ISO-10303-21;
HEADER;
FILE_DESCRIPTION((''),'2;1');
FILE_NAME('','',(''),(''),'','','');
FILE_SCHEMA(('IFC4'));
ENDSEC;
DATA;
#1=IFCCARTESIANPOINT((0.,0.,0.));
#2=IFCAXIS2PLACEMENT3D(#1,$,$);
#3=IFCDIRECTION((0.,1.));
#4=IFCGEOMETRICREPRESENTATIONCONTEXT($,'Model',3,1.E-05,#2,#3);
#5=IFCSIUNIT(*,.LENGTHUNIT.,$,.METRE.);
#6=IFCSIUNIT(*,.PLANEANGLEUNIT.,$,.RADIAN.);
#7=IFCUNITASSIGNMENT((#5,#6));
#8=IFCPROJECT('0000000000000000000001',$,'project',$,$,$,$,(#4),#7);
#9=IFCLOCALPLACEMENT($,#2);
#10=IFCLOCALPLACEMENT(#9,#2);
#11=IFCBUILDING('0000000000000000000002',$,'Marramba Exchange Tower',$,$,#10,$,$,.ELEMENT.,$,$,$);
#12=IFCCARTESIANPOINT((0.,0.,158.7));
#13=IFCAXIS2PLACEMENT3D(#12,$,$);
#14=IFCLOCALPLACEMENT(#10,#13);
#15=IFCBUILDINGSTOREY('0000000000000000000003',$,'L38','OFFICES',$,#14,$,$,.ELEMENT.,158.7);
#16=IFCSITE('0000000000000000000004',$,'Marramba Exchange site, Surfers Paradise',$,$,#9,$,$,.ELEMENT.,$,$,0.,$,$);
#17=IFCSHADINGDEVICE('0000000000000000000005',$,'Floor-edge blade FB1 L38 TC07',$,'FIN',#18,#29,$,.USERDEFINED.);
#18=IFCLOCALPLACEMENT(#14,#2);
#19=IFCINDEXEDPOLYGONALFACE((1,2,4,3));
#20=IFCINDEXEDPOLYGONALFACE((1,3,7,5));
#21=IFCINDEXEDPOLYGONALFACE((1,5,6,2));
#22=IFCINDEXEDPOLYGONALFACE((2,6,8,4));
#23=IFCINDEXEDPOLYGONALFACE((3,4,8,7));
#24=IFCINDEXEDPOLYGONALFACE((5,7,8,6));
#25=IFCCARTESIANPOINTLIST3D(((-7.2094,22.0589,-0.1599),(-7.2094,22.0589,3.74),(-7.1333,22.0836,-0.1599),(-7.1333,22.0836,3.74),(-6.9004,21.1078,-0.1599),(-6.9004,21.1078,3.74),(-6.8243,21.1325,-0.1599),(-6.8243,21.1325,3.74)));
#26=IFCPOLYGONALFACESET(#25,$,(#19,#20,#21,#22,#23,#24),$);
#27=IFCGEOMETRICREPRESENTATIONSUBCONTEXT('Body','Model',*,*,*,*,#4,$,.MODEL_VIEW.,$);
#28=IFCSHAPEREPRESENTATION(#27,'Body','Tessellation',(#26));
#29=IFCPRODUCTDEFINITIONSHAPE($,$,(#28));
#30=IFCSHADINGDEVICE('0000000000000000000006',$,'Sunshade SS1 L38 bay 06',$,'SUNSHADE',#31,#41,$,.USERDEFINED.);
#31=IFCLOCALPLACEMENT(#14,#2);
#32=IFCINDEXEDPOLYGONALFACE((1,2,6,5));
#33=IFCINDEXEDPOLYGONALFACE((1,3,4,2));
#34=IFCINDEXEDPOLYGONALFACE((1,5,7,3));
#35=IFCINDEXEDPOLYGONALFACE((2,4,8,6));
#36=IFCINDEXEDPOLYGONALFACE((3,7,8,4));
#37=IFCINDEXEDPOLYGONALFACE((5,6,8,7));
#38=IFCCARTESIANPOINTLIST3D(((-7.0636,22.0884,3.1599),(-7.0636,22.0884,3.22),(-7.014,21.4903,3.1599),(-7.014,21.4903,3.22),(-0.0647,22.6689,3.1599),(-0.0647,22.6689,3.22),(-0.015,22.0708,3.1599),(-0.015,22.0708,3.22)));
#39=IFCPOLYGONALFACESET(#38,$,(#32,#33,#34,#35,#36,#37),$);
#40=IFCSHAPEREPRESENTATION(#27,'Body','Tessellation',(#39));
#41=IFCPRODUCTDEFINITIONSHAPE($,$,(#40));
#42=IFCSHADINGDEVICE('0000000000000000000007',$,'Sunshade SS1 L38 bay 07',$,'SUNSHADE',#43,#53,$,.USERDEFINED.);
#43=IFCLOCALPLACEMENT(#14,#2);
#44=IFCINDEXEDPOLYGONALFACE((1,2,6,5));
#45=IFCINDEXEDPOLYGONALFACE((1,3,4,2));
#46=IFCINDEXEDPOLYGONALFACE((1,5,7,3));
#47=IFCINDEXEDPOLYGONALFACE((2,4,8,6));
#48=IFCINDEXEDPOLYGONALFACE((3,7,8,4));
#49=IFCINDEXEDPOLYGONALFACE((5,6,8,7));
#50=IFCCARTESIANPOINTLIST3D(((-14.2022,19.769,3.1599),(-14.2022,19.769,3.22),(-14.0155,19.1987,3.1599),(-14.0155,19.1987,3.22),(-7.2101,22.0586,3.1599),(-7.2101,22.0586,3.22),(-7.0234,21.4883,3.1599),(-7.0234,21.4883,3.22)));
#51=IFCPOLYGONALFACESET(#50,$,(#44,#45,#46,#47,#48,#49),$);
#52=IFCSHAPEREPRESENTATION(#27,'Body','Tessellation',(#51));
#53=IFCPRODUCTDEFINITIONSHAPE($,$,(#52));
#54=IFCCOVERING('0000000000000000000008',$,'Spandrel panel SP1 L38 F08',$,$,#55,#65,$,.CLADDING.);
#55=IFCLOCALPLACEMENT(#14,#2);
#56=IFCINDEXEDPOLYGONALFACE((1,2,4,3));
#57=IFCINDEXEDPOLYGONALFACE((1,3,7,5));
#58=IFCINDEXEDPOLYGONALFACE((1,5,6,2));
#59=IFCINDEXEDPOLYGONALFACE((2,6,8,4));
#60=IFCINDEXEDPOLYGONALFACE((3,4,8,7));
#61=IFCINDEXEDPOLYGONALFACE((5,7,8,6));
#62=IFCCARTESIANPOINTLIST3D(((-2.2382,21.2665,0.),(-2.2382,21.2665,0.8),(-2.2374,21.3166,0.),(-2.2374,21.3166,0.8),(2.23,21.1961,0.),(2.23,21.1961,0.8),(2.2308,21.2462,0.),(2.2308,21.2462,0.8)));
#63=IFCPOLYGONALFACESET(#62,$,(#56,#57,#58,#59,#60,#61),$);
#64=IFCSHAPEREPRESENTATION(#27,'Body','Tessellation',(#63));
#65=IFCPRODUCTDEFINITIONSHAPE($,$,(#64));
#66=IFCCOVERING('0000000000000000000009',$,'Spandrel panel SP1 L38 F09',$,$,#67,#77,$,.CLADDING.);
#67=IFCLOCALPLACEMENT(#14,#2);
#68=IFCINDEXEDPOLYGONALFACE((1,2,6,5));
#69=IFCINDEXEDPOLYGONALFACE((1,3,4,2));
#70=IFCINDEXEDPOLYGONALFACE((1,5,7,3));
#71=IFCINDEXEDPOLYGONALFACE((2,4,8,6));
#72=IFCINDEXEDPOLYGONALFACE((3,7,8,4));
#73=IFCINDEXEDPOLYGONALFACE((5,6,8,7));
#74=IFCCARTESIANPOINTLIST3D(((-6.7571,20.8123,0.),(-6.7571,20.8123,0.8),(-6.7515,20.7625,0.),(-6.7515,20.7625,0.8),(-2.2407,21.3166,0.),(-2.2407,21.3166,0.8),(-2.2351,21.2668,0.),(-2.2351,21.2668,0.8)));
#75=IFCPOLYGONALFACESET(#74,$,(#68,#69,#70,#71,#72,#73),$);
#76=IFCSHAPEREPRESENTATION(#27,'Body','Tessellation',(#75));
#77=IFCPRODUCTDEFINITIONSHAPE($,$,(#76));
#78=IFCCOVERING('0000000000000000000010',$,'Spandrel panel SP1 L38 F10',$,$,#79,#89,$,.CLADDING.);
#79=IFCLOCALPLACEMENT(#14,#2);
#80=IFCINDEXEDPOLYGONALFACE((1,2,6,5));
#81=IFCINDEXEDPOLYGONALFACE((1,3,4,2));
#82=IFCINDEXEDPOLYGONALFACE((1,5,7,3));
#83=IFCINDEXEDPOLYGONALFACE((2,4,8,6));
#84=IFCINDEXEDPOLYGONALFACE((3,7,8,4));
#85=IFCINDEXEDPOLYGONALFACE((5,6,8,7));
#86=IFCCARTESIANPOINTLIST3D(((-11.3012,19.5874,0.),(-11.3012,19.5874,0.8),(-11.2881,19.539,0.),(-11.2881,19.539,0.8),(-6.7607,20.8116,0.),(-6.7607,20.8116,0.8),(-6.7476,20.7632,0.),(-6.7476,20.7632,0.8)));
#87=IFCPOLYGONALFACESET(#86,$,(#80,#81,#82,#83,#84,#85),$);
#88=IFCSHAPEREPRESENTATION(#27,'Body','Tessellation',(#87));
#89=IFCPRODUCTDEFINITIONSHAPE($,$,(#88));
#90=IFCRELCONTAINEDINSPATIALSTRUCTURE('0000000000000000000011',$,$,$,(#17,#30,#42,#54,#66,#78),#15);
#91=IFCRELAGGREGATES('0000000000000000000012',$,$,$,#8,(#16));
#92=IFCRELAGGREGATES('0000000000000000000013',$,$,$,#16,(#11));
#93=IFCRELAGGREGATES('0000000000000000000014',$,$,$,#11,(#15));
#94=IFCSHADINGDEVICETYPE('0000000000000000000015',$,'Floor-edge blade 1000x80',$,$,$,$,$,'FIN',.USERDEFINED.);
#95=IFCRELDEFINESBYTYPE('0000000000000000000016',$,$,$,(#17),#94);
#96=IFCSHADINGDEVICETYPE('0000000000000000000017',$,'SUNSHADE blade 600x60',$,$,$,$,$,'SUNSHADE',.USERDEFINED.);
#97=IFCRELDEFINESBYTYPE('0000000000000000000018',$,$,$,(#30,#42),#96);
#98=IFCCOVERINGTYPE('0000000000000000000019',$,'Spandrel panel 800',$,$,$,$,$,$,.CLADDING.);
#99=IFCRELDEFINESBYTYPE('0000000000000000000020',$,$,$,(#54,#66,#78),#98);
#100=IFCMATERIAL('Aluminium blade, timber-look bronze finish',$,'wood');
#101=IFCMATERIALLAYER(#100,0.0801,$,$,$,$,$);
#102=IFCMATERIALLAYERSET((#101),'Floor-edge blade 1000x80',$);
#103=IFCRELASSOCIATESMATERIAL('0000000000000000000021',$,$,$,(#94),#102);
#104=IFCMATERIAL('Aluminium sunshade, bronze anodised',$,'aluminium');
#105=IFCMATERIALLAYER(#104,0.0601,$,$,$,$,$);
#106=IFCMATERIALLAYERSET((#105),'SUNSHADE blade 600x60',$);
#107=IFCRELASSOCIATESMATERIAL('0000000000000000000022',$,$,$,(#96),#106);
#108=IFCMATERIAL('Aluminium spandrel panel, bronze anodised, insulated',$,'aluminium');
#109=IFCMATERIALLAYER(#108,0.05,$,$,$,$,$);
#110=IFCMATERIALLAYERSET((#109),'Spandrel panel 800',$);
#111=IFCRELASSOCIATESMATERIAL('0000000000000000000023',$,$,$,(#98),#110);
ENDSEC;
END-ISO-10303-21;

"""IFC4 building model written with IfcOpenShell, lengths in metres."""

from ifc_helpers import new_model, si_unit, direction, frame, origin, origin_2d, place, context, subcontext, project, spatial, rectangle, extrude, material, layer, layer_set, type_object, element, save


model = new_model("IFC4")

# Units and contexts
model_context = context("Model", 3, precision=1e-05, world=origin(), true_north=direction((0.0, 1.0)))
body_context = subcontext(model_context, "Body", "Model", "MODEL_VIEW")
ifc_project = project(units=[si_unit("LENGTHUNIT", "METRE"), si_unit("PLANEANGLEUNIT", "RADIAN")], contexts=[model_context])

# Site, building, storey
site_placement = place(None, origin())
site = spatial("IfcSite", under=ifc_project, at=site_placement, Name="Marramba Exchange site, Surfers Paradise", CompositionType="ELEMENT", RefElevation=0.0)
building_placement = place(site_placement, origin())
building = spatial("IfcBuilding", under=site, at=building_placement, Name="Marramba Exchange Tower", CompositionType="ELEMENT")
storey_placement = place(building_placement, frame((0.0, 0.0, 158.7)))
storey = spatial("IfcBuildingStorey", under=building, at=storey_placement, Name="L38", Description="OFFICES", CompositionType="ELEMENT", Elevation=158.7)

# Shading devices
ifc_material_1 = material(Name="Aluminium blade, timber-look bronze finish", Category="wood")
ifc_layer_1 = layer(ifc_material_1, 0.0801)
ifc_layer_set_1 = layer_set([ifc_layer_1], Name="Floor-edge blade 1000x80")
shading_device_type_1 = type_object("IfcShadingDeviceType", Name="Floor-edge blade 1000x80", ElementType="FIN", PredefinedType="USERDEFINED", material=ifc_layer_set_1)
shading_device_1_placement = place(storey_placement, frame((-7.0168, 21.5957, -0.1599), z_axis=(0.0, 0.0, 1.0), x_axis=(-0.309017, 0.951057, 0.0)))
element("IfcShadingDevice", 1, at=shading_device_1_placement, inside=storey, type_object=shading_device_type_1, Name="Floor-edge blade FB1 L38 TC07", ObjectType="FIN", PredefinedType="USERDEFINED", context=body_context, shape_type="SweptSolid", body=[
    extrude(rectangle(XDim=1.0, YDim=0.0801, at=origin_2d()), origin(), (0.0, 0.0, 1.0), 3.8999),
])
ifc_material_2 = material(Name="Aluminium sunshade, bronze anodised", Category="aluminium")
ifc_layer_2 = layer(ifc_material_2, 0.0601)
ifc_layer_set_2 = layer_set([ifc_layer_2], Name="SUNSHADE blade 600x60")
shading_device_type_2 = type_object("IfcShadingDeviceType", Name="SUNSHADE blade 600x60", ElementType="SUNSHADE", PredefinedType="USERDEFINED", material=ifc_layer_set_2)
shading_device_2_placement = place(storey_placement, frame((-3.5393, 22.0796, 3.1599), z_axis=(0.0, 0.0, 1.0), x_axis=(-0.996578, -0.08266, 0.0)))
element("IfcShadingDevice", 2, at=shading_device_2_placement, inside=storey, type_object=shading_device_type_2, Name="Sunshade SS1 L38 bay 06", ObjectType="SUNSHADE", PredefinedType="USERDEFINED", context=body_context, shape_type="SweptSolid", body=[
    extrude(rectangle(XDim=7.0229, YDim=0.6001, at=origin_2d()), origin(), (0.0, 0.0, 1.0), 0.0601),
])
shading_device_3_placement = place(storey_placement, frame((-10.6128, 20.6287, 3.1599), z_axis=(0.0, 0.0, 1.0), x_axis=(-0.950346, -0.311196, 0.0)))
element("IfcShadingDevice", 3, at=shading_device_3_placement, inside=storey, type_object=shading_device_type_2, Name="Sunshade SS1 L38 bay 07", ObjectType="SUNSHADE", PredefinedType="USERDEFINED", context=body_context, shape_type="SweptSolid", body=[
    extrude(rectangle(XDim=7.3574, YDim=0.6001, at=origin_2d()), origin(), (0.0, 0.0, 1.0), 0.0601),
])

# Coverings
ifc_material_3 = material(Name="Aluminium spandrel panel, bronze anodised, insulated", Category="aluminium")
ifc_layer_3 = layer(ifc_material_3, 0.05)
ifc_layer_set_3 = layer_set([ifc_layer_3], Name="Spandrel panel 800")
covering_type = type_object("IfcCoveringType", Name="Spandrel panel 800", PredefinedType="CLADDING", material=ifc_layer_set_3)
covering_1_placement = place(storey_placement, frame((-0.0037, 21.2563, 0.0), z_axis=(0.0, 0.0, 1.0), x_axis=(-0.999876, 0.015756, 0.0)))
element("IfcCovering", 4, at=covering_1_placement, inside=storey, type_object=covering_type, Name="Spandrel panel SP1 L38 F08", PredefinedType="CLADDING", context=body_context, shape_type="SweptSolid", body=[
    extrude(rectangle(XDim=4.4688, YDim=0.05, at=origin_2d()), origin(), (0.0, 0.0, 1.0), 0.8),
])
covering_2_placement = place(storey_placement, frame((-4.4961, 21.0396, 0.0), z_axis=(0.0, 0.0, 1.0), x_axis=(-0.993823, -0.110973, 0.0)))
element("IfcCovering", 5, at=covering_2_placement, inside=storey, type_object=covering_type, Name="Spandrel panel SP1 L38 F09", PredefinedType="CLADDING", context=body_context, shape_type="SweptSolid", body=[
    extrude(rectangle(XDim=4.5444, YDim=0.05, at=origin_2d()), origin(), (0.0, 0.0, 1.0), 0.8),
])
covering_3_placement = place(storey_placement, frame((-9.0244, 20.1753, 0.0), z_axis=(0.0, 0.0, 1.0), x_axis=(-0.965522, -0.260321, 0.0)))
element("IfcCovering", 6, at=covering_3_placement, inside=storey, type_object=covering_type, Name="Spandrel panel SP1 L38 F10", PredefinedType="CLADDING", context=body_context, shape_type="SweptSolid", body=[
    extrude(rectangle(XDim=4.7026, YDim=0.05, at=origin_2d()), origin(), (0.0, 0.0, 1.0), 0.8),
])

save(model, "model.ifc")
